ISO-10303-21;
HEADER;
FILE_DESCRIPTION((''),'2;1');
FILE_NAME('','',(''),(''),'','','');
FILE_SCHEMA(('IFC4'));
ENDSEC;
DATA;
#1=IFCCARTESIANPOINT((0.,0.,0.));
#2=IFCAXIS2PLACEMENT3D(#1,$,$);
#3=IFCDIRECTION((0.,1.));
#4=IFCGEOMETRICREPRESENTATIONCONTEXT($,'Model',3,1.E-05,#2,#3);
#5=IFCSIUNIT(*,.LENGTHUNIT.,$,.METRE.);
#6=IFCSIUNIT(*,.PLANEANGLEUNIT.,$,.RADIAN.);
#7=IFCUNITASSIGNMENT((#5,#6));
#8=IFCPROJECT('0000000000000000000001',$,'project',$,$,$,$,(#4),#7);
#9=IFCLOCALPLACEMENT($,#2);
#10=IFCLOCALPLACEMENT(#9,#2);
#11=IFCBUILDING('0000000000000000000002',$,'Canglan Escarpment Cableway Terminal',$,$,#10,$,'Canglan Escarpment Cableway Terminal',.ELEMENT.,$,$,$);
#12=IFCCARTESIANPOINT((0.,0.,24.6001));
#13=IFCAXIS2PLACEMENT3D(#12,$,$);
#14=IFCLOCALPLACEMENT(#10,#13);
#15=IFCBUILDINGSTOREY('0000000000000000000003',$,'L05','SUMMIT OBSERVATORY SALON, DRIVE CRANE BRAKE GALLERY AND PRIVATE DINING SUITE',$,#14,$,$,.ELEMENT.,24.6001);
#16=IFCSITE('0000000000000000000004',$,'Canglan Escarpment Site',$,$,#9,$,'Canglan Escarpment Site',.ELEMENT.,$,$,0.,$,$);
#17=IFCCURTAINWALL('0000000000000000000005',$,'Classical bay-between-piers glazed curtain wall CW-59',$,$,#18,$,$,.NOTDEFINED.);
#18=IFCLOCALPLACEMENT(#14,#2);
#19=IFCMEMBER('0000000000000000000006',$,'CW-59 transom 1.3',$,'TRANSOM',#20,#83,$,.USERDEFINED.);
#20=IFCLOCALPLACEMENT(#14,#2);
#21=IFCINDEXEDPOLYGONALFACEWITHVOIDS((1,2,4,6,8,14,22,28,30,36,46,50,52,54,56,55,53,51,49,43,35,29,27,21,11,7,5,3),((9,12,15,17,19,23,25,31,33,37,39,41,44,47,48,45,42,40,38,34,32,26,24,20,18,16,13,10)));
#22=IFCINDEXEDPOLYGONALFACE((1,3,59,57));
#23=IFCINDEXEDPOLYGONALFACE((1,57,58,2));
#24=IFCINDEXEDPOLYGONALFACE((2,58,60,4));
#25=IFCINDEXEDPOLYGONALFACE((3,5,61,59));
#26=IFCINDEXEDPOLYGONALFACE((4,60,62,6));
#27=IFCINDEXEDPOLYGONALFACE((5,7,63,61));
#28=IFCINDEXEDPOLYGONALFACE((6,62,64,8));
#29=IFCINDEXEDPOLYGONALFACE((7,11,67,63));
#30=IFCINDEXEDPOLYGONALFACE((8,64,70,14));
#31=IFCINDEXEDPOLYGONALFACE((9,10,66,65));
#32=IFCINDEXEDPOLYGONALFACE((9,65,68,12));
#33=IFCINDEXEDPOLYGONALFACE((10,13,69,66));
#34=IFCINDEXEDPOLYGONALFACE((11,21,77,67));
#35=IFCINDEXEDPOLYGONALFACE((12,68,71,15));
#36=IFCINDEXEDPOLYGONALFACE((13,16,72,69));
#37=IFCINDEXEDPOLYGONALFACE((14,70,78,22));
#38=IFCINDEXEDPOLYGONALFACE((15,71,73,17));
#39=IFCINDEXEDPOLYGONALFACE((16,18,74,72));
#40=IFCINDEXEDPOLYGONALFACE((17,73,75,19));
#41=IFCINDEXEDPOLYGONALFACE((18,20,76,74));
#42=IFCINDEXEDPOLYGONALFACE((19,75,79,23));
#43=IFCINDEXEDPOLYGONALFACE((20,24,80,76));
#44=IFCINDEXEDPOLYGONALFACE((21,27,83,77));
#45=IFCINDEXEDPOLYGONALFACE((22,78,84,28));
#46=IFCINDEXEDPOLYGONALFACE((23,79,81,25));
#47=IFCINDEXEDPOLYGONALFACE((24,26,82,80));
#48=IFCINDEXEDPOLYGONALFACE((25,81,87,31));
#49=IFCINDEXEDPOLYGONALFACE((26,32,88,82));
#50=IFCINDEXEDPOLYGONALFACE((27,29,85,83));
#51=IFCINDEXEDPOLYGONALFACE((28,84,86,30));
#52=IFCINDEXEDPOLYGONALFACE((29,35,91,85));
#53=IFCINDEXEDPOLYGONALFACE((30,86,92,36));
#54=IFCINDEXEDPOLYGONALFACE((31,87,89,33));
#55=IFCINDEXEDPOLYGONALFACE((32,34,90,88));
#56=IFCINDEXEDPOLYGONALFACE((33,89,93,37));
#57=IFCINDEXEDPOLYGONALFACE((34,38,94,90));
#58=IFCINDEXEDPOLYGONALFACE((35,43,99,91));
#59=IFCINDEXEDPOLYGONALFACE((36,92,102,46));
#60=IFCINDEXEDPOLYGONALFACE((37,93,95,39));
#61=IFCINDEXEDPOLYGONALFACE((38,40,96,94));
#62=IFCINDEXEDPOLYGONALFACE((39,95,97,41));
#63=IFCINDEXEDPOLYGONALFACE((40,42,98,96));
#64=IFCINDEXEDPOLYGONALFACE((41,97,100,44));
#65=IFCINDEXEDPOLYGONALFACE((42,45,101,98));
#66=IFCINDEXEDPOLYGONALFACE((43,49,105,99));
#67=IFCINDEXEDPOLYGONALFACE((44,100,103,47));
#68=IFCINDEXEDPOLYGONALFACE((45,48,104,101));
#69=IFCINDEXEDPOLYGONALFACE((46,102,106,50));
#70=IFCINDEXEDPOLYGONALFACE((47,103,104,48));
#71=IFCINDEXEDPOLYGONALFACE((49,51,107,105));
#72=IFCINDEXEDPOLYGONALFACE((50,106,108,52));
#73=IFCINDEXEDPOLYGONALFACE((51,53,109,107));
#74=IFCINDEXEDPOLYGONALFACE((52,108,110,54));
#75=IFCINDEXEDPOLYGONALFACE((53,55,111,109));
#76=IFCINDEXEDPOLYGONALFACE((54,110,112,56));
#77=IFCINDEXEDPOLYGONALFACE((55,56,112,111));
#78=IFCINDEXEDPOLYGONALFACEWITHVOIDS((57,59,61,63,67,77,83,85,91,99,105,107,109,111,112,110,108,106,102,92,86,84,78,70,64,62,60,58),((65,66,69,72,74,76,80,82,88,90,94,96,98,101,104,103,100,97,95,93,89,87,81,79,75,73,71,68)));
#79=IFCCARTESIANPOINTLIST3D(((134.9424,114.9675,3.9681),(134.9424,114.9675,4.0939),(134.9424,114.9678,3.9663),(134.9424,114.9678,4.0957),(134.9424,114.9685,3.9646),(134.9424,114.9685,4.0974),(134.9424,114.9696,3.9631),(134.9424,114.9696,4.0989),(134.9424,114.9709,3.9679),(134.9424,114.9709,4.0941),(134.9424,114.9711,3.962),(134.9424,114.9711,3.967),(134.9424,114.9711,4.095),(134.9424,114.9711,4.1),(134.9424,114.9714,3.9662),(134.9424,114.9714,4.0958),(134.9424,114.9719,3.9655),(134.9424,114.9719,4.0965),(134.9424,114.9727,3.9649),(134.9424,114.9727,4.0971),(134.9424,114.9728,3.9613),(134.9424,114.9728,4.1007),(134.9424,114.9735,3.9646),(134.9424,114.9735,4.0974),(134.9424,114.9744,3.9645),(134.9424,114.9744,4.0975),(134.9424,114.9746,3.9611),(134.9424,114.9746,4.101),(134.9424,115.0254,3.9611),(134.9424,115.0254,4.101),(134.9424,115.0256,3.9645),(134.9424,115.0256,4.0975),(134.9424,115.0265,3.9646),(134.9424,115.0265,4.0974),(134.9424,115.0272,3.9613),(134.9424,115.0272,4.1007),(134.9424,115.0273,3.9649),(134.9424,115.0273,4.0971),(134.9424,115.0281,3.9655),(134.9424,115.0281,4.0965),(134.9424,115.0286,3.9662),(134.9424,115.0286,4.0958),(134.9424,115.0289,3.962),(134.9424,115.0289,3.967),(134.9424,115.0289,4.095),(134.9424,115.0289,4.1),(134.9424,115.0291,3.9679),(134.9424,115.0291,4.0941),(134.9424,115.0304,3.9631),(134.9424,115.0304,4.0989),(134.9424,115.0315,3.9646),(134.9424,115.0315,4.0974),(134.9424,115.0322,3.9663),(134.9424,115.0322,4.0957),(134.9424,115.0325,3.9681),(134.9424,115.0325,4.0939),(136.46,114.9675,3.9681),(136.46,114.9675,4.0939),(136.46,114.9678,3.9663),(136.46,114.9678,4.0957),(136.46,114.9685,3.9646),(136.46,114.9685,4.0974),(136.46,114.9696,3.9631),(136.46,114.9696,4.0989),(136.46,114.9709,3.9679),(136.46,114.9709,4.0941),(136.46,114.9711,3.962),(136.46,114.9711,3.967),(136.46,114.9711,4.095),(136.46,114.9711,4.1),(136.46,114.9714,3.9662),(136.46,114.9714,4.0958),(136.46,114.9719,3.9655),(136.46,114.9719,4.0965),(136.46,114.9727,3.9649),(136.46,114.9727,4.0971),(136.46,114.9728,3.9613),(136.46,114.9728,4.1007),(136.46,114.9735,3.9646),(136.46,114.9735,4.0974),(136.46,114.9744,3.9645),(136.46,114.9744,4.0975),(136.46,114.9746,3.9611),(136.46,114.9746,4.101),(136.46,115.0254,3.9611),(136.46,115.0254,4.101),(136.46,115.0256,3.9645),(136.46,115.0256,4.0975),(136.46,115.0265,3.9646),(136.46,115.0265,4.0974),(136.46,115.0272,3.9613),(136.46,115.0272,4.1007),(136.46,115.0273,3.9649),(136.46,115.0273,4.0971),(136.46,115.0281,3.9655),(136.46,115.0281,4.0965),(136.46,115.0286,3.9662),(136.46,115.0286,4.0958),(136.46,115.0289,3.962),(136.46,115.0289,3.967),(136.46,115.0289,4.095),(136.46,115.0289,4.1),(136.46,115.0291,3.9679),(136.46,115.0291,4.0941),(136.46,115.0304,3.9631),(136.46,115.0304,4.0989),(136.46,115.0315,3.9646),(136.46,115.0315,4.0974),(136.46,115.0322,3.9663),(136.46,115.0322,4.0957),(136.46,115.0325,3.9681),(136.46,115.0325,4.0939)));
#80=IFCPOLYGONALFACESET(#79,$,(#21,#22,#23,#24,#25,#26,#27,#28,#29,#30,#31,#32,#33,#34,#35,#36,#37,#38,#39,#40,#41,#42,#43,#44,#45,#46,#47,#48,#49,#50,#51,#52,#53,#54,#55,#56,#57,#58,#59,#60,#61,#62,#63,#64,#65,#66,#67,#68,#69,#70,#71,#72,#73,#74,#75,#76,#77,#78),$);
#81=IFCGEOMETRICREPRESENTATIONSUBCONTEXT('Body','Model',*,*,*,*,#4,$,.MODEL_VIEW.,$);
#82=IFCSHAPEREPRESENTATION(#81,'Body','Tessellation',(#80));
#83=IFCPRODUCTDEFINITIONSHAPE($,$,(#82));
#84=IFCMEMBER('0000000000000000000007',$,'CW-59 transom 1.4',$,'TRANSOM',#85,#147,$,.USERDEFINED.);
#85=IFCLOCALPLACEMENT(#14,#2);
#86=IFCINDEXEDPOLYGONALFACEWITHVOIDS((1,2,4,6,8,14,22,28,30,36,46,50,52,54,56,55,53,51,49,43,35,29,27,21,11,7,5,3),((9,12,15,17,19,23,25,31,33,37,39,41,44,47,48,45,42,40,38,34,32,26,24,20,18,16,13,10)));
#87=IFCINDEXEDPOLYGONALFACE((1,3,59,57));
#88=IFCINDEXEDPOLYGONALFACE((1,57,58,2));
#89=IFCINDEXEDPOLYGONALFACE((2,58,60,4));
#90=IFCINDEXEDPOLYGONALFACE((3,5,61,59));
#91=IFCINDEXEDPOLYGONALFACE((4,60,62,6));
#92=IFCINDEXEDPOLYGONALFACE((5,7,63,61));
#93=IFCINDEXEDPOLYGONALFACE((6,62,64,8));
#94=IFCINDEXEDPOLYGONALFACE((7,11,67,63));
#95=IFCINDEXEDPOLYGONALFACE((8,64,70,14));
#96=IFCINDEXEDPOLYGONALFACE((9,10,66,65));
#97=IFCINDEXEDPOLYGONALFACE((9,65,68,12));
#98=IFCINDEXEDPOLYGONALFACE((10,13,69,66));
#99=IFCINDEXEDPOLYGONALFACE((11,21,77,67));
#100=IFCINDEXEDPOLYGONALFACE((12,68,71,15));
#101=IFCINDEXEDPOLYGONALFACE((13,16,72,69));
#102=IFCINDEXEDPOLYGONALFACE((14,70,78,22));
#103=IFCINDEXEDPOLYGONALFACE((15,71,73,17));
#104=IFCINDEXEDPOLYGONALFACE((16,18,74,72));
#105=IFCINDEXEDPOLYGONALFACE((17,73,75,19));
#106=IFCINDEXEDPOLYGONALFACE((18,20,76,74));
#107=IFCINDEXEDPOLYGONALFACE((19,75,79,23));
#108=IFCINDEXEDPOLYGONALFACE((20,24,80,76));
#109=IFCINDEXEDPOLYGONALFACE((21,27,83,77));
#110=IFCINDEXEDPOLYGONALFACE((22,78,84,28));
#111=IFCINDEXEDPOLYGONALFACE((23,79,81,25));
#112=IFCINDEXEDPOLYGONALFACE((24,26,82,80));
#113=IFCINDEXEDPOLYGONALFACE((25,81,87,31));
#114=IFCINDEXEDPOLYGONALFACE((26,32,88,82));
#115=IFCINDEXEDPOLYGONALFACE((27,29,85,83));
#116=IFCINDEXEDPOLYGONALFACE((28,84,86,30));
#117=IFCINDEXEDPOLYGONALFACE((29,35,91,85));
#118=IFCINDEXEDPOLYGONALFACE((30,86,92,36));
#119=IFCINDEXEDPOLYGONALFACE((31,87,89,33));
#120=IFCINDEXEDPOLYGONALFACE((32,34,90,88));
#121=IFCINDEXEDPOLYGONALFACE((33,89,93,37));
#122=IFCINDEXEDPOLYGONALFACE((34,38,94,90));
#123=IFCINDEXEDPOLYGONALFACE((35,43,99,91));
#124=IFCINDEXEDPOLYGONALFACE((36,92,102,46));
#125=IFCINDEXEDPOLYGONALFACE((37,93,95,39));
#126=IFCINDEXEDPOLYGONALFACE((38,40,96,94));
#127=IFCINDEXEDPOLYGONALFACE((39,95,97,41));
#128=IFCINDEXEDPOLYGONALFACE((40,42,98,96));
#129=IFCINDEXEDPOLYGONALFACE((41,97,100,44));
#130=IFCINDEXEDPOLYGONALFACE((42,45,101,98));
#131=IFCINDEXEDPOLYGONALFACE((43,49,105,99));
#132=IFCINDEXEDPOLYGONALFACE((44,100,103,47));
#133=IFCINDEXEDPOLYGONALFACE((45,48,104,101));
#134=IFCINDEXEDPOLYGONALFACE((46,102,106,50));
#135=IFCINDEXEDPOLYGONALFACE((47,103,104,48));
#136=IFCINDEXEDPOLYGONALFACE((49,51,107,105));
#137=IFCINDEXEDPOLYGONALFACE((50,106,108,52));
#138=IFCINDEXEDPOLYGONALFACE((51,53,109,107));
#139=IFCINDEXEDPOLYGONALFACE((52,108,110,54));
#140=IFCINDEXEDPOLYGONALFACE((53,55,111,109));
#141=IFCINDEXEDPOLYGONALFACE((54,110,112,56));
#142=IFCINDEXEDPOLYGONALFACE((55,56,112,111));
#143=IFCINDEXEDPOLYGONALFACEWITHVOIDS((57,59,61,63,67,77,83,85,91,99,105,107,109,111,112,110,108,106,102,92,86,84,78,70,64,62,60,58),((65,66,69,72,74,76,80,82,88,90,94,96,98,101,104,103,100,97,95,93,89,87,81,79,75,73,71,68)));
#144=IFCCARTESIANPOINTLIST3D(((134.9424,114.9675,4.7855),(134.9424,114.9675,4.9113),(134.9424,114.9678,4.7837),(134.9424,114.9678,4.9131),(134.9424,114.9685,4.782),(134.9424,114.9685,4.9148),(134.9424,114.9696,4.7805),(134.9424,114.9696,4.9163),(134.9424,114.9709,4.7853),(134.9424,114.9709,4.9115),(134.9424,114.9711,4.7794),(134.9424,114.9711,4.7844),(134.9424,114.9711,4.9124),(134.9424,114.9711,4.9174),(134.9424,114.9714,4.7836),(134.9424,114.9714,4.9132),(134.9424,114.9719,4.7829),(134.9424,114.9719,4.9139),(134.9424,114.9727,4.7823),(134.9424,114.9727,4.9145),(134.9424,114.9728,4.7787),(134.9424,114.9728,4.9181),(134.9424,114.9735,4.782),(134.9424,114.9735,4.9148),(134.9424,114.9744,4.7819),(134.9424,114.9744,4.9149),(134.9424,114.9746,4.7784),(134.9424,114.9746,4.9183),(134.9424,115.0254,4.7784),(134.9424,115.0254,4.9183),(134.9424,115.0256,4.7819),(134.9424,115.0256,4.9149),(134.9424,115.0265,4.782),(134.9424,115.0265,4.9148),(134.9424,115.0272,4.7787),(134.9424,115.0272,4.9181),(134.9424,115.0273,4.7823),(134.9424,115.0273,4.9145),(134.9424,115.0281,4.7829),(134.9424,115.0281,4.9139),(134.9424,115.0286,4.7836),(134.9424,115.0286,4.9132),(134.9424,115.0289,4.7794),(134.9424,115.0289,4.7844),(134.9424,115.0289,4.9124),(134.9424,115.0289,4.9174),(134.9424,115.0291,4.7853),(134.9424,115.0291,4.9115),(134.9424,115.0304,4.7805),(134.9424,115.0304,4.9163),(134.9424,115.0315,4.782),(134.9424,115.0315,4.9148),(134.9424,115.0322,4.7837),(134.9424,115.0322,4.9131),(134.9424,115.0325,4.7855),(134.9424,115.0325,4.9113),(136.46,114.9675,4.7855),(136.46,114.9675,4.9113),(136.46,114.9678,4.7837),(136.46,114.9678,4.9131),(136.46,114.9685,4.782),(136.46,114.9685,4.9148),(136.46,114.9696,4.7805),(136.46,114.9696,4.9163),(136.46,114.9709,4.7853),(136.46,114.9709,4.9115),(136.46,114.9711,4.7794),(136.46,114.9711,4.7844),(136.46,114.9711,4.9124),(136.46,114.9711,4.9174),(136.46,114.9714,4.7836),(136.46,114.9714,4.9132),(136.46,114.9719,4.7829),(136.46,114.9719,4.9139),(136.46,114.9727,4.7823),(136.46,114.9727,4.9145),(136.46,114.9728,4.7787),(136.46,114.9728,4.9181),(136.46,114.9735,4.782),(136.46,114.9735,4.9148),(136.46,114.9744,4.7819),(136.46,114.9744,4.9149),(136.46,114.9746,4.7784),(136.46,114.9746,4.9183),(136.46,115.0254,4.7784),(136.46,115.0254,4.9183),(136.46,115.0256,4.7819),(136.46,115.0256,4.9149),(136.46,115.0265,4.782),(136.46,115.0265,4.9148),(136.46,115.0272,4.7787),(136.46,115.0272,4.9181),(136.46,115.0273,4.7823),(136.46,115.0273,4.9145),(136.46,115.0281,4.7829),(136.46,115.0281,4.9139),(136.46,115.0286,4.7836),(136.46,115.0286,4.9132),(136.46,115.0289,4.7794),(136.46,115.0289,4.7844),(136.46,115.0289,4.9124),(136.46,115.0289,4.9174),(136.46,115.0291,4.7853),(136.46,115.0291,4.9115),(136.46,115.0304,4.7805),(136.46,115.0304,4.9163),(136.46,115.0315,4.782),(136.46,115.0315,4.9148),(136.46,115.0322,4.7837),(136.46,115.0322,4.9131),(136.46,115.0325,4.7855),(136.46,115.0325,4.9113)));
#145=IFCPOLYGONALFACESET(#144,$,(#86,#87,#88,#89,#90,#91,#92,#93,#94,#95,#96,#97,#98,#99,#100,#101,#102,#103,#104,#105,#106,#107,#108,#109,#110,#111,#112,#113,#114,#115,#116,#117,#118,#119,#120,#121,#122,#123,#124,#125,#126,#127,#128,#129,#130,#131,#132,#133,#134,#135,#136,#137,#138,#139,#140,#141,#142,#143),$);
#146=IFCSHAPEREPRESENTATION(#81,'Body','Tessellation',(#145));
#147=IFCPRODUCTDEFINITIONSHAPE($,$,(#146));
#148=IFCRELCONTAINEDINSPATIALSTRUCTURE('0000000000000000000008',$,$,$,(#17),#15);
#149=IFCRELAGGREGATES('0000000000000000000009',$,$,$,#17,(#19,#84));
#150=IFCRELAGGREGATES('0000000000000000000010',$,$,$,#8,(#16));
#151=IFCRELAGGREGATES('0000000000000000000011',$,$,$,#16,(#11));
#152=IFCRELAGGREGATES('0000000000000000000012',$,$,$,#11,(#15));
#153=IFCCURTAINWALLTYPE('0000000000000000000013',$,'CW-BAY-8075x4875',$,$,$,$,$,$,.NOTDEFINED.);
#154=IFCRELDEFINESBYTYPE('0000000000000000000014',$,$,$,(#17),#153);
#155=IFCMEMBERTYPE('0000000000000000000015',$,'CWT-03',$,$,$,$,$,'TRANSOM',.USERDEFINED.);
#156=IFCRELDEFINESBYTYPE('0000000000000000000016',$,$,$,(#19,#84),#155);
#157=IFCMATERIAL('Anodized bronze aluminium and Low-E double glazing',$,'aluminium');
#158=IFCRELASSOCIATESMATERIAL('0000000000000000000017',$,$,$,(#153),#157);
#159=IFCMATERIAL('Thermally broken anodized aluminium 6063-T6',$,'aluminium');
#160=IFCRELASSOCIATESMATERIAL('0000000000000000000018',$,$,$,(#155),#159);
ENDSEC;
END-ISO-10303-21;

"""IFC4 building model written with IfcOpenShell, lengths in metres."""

from ifc_helpers import new_model, si_unit, direction, frame, origin, origin_2d, place, context, subcontext, project, spatial, hollow_rectangle, extrude, material, material_profile, profile_set, type_object, element, aggregate, save


model = new_model("IFC4")

# Units and contexts
model_context = context("Model", 3, precision=1e-05, world=origin(), true_north=direction((0.0, 1.0)))
body_context = subcontext(model_context, "Body", "Model", "MODEL_VIEW")
ifc_project = project(units=[si_unit("LENGTHUNIT", "METRE"), si_unit("PLANEANGLEUNIT", "RADIAN")], contexts=[model_context])

# Site, building, storey
site_placement = place(None, origin())
site = spatial("IfcSite", under=ifc_project, at=site_placement, Name="Canglan Escarpment Site", LongName="Canglan Escarpment Site", CompositionType="ELEMENT", RefElevation=0.0)
building_placement = place(site_placement, origin())
building = spatial("IfcBuilding", under=site, at=building_placement, Name="Canglan Escarpment Cableway Terminal", LongName="Canglan Escarpment Cableway Terminal", CompositionType="ELEMENT")
storey_placement = place(building_placement, frame((0.0, 0.0, 24.6001)))
storey = spatial("IfcBuildingStorey", under=building, at=storey_placement, Name="L05", Description="SUMMIT OBSERVATORY SALON, DRIVE CRANE BRAKE GALLERY AND PRIVATE DINING SUITE", CompositionType="ELEMENT", Elevation=24.6001)

# Curtain wall, members
ifc_material_1 = material(Name="Anodized bronze aluminium and Low-E double glazing", Category="aluminium")
curtain_wall_type = type_object("IfcCurtainWallType", Name="CW-BAY-8075x4875", PredefinedType="NOTDEFINED", material=ifc_material_1)
curtain_wall_placement = place(storey_placement, origin())
curtain_wall = element("IfcCurtainWall", 1, at=curtain_wall_placement, inside=storey, type_object=curtain_wall_type, Name="Classical bay-between-piers glazed curtain wall CW-59", PredefinedType="NOTDEFINED")
ifc_material_2 = material(Name="Thermally broken anodized aluminium 6063-T6", Category="aluminium")
ifc_material_profile_1 = material_profile(ifc_material_2, hollow_rectangle(XDim=0.0649, YDim=0.1399, WallThickness=0.0034, InnerFilletRadius=0.0034, OuterFilletRadius=0.0071, at=origin_2d()), Name="ALU-TRAN 65x140x3.5")
ifc_profile_set_1 = profile_set([ifc_material_profile_1], Name="Thermally broken anodized aluminium 6063-T6")
member_type_1 = type_object("IfcMemberType", Name="CWT-03", ElementType="TRANSOM", PredefinedType="USERDEFINED", material=ifc_profile_set_1)
member_1_placement = place(storey_placement, frame((136.46, 115.0, 4.031), z_axis=(-1.0, 0.0, 0.0), x_axis=(0.0, -1.0, 0.0)))
member_1 = element("IfcMember", 2, at=member_1_placement, type_object=member_type_1, Name="CW-59 transom 1.3", ObjectType="TRANSOM", PredefinedType="USERDEFINED", context=body_context, shape_type="SweptSolid", body=[
    extrude(hollow_rectangle(XDim=0.0649, YDim=0.1399, WallThickness=0.0034, InnerFilletRadius=0.0034, OuterFilletRadius=0.0071, at=origin_2d()), origin(), (0.0, 0.0, 1.0), 1.5176),
])
member_2_placement = place(storey_placement, frame((136.46, 115.0, 4.8484), z_axis=(-1.0, 0.0, 0.0), x_axis=(0.0, -1.0, 0.0)))
member_2 = element("IfcMember", 3, at=member_2_placement, type_object=member_type_1, Name="CW-59 transom 1.4", ObjectType="TRANSOM", PredefinedType="USERDEFINED", context=body_context, shape_type="SweptSolid", body=[
    extrude(hollow_rectangle(XDim=0.0649, YDim=0.1399, WallThickness=0.0034, InnerFilletRadius=0.0034, OuterFilletRadius=0.0071, at=origin_2d()), origin(), (0.0, 0.0, 1.0), 1.5176),
])
aggregate(curtain_wall, [member_1, member_2])

save(model, "model.ifc")
